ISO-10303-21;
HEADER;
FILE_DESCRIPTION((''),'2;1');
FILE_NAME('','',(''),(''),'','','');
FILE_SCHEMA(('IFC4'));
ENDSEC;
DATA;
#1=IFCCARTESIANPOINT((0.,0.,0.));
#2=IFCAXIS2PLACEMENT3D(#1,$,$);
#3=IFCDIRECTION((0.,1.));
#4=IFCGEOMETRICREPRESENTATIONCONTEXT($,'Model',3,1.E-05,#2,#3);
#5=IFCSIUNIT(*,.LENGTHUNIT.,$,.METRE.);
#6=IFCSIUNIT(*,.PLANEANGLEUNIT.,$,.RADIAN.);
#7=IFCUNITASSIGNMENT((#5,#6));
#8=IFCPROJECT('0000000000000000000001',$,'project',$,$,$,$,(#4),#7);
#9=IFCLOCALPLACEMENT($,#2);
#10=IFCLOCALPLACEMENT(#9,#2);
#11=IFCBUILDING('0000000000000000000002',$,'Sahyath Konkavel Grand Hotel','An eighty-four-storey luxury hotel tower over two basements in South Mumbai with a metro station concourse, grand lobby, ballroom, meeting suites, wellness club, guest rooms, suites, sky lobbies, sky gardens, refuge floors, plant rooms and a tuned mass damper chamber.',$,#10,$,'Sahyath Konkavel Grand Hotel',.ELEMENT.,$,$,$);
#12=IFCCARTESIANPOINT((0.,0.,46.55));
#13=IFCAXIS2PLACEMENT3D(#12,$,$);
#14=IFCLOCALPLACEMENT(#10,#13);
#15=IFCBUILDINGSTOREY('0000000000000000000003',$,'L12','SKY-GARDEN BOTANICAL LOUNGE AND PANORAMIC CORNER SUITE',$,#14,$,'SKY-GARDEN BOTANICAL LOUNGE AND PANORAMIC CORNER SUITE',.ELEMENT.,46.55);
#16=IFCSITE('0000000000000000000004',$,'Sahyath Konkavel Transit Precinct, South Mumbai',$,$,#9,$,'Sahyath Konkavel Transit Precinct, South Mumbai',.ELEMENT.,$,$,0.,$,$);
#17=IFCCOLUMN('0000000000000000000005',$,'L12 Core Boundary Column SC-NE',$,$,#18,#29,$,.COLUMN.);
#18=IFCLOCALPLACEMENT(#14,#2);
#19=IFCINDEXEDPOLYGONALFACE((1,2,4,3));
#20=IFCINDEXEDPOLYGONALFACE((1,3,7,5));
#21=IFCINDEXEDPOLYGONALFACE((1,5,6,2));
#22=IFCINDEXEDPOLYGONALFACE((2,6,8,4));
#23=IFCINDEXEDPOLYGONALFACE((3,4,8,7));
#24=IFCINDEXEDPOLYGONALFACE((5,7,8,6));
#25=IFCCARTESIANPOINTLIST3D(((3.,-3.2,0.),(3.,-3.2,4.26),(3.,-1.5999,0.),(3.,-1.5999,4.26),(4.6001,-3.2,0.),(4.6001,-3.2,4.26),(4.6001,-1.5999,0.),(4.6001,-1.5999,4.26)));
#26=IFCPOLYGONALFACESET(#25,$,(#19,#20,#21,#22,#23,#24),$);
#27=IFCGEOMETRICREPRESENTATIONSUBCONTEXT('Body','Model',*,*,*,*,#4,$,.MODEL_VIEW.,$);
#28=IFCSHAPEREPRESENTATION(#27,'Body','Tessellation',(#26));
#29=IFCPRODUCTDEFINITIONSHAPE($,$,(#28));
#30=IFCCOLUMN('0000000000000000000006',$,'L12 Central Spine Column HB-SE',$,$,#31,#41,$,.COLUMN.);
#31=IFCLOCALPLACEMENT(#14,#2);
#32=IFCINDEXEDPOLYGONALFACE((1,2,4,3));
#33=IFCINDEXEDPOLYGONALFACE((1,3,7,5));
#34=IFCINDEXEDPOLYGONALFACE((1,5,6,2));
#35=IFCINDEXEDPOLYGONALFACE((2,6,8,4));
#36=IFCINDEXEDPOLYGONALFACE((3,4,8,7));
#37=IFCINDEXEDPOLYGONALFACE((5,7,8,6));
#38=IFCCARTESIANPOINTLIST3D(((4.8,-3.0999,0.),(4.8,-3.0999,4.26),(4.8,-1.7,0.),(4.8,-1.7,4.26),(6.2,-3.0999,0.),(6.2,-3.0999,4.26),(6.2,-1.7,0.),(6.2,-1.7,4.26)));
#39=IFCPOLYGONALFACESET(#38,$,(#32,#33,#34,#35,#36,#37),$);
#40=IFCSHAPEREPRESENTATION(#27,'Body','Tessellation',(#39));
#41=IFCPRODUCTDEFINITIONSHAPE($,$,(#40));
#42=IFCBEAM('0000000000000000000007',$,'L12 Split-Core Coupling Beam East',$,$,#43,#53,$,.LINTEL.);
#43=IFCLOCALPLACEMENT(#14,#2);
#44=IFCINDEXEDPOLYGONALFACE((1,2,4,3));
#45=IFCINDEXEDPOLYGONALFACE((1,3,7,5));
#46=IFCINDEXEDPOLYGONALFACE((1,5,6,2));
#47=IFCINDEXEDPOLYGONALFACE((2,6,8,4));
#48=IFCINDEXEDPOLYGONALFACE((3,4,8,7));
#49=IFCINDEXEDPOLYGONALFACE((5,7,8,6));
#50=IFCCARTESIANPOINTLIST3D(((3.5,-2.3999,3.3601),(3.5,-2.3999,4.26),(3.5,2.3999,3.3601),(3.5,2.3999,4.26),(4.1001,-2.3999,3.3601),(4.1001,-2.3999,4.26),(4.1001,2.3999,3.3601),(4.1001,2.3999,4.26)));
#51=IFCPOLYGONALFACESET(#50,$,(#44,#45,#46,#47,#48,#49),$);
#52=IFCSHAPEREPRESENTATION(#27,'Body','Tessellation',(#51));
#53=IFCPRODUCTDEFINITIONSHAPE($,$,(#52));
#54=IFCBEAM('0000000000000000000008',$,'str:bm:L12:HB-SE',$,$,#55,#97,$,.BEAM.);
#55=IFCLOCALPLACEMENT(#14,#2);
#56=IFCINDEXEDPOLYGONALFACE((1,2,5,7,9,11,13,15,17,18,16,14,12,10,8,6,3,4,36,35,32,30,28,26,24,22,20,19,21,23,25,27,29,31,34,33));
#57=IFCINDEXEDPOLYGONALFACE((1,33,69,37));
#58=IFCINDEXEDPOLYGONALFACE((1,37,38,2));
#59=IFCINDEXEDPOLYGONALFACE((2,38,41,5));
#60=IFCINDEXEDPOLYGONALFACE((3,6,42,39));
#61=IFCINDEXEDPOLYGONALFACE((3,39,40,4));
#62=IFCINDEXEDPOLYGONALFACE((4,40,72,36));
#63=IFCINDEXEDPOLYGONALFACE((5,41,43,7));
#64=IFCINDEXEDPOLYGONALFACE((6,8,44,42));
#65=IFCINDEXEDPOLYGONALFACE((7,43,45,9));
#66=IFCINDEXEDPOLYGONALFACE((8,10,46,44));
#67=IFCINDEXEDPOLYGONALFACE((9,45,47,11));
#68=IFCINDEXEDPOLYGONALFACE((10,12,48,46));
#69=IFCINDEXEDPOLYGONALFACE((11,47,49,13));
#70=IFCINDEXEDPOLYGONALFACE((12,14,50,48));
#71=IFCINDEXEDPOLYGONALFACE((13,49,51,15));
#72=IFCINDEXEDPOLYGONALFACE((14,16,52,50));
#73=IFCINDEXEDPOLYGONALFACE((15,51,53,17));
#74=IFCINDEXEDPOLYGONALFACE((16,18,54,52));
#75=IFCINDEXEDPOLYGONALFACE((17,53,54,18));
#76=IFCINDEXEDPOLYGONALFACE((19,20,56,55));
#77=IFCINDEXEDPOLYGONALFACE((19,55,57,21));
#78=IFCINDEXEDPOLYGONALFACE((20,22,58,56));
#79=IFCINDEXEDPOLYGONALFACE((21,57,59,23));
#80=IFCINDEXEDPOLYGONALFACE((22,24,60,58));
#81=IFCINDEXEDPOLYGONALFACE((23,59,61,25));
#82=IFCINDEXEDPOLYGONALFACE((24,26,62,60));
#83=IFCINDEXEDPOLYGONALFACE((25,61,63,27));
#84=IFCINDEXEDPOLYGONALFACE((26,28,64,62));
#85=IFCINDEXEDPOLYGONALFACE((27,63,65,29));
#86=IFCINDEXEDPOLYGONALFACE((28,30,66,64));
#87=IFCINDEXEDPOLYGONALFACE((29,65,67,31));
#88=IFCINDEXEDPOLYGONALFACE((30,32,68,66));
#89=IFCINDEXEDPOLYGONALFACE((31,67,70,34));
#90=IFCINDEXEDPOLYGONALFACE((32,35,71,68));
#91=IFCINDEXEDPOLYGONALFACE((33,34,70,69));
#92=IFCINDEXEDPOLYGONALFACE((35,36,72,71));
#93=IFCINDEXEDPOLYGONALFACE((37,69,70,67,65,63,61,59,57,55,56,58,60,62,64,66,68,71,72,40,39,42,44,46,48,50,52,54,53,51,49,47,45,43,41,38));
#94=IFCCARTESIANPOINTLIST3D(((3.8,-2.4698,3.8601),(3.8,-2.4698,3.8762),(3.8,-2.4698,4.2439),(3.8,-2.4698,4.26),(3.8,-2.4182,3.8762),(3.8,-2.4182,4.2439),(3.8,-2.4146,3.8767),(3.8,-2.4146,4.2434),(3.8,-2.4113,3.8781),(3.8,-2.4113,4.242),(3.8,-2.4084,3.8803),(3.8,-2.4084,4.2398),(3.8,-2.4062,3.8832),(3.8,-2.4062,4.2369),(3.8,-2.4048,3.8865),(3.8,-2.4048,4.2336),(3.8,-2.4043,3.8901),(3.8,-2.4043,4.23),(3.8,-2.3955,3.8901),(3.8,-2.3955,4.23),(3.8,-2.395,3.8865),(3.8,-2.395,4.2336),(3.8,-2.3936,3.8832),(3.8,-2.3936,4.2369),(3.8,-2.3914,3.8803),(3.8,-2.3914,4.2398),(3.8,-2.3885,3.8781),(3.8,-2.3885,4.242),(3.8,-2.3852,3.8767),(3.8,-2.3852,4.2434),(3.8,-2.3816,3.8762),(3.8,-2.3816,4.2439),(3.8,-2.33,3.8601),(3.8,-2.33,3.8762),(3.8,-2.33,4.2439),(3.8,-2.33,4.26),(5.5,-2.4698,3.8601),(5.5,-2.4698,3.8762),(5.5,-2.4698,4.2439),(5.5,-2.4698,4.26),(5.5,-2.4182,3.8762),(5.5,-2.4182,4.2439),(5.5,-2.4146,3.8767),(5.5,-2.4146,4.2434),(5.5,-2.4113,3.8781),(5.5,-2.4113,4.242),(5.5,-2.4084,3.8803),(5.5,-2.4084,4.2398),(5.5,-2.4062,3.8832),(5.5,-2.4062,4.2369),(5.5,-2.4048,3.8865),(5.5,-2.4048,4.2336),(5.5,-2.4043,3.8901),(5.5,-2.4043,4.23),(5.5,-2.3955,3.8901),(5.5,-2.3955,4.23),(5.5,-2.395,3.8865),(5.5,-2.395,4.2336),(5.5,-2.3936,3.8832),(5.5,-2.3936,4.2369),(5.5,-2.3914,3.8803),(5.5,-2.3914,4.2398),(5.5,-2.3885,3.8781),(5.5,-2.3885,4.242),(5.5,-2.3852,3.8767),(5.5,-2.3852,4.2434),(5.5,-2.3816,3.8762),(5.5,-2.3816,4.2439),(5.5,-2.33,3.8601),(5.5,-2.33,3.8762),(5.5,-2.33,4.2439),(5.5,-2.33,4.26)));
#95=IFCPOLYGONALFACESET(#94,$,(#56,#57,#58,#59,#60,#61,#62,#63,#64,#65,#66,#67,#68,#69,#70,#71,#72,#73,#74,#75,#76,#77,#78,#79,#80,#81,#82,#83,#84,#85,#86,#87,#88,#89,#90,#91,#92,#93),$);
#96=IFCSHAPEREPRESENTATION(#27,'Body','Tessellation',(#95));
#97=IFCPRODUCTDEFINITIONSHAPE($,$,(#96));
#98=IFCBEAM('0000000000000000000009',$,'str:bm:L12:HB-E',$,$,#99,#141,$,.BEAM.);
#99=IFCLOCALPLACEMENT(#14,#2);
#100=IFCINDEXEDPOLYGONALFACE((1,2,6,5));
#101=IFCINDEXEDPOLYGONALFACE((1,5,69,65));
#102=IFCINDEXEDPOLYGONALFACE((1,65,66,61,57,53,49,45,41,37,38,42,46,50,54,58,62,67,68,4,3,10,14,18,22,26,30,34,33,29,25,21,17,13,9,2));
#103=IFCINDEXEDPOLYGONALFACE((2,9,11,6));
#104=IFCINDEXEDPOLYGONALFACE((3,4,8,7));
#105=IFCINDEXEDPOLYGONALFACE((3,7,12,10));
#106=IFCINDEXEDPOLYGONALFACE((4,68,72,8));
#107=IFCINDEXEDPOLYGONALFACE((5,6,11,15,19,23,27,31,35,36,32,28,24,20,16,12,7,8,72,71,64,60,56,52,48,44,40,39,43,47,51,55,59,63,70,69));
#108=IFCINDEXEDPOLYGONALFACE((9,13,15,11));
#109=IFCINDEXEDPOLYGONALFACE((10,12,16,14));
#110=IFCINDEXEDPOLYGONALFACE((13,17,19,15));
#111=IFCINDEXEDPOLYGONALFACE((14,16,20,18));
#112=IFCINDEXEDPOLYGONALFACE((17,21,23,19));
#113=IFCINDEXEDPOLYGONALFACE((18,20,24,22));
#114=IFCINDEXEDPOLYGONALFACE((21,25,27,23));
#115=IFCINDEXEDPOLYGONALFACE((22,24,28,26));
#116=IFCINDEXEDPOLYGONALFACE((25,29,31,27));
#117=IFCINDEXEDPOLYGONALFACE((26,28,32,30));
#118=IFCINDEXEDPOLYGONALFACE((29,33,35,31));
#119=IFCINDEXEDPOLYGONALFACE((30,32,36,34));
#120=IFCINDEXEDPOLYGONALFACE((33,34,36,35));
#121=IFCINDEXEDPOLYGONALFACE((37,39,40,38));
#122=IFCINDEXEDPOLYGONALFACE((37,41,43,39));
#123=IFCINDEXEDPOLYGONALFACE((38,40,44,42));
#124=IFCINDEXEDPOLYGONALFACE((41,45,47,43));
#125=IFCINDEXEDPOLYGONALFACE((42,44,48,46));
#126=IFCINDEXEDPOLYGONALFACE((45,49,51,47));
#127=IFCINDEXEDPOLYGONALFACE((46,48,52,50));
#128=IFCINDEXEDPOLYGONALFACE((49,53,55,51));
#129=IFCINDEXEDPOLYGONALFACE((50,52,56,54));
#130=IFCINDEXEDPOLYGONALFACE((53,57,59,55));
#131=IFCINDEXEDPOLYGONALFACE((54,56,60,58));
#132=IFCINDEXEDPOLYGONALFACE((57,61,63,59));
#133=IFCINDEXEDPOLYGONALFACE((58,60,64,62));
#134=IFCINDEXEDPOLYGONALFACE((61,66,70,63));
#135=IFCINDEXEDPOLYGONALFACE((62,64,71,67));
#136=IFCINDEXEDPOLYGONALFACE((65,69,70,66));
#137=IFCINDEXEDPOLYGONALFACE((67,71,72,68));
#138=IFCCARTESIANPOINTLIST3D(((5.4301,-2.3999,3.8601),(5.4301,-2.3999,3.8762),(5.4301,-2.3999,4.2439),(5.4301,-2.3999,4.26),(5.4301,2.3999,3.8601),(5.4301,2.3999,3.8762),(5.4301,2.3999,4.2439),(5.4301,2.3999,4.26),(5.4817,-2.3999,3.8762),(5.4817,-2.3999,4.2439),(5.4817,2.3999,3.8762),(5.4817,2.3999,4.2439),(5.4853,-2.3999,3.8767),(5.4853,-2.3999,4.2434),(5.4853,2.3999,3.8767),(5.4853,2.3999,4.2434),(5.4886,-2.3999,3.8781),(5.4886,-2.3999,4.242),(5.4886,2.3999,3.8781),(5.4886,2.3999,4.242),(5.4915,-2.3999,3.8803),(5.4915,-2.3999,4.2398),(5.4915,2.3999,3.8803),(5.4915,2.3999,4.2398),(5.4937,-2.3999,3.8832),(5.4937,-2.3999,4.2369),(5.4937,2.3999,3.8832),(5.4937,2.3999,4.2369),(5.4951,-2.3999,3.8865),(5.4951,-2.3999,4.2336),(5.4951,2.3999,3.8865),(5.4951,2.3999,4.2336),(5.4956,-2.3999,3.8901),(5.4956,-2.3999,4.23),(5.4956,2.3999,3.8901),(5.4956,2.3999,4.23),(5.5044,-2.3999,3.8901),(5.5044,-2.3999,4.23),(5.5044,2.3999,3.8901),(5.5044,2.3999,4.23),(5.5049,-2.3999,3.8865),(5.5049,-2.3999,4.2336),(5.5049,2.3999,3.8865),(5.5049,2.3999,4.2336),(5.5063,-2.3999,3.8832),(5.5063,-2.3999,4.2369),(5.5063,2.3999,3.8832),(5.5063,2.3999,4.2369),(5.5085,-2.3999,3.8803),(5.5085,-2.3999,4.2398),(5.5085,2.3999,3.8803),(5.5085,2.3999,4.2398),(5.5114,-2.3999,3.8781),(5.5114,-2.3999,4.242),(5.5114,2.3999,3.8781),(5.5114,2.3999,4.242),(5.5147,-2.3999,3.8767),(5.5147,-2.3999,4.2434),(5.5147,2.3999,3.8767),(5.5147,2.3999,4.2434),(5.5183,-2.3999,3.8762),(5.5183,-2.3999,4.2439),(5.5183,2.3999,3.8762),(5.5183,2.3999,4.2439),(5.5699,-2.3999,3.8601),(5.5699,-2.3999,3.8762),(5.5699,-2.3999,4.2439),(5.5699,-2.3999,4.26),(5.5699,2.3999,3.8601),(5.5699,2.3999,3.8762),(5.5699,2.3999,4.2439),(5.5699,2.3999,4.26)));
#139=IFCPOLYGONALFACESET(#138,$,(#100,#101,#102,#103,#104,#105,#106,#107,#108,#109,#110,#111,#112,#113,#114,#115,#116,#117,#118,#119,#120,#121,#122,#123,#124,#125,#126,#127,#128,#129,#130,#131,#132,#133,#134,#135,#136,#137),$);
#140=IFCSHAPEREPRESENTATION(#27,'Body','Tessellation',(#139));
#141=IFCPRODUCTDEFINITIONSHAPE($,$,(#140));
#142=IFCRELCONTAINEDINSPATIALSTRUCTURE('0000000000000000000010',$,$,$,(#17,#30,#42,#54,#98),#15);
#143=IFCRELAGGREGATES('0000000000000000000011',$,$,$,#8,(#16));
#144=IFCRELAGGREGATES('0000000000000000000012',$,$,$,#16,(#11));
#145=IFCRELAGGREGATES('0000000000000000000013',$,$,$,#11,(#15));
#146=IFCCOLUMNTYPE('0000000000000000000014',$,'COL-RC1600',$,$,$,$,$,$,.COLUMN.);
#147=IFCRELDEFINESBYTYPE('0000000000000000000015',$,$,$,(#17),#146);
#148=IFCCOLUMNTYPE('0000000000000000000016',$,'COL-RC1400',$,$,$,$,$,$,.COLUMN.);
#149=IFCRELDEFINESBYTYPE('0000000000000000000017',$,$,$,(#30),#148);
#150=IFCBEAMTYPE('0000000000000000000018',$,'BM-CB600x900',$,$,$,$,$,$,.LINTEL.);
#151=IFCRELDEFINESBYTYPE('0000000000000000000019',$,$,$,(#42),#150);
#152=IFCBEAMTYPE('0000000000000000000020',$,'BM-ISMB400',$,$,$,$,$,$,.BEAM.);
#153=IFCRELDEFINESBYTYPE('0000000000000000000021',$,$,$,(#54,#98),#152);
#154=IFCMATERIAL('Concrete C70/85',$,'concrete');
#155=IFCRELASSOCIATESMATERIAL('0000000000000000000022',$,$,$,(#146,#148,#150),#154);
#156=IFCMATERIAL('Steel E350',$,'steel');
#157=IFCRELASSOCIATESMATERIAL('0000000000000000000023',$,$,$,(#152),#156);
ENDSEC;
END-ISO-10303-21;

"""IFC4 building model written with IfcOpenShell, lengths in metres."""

from ifc_helpers import new_model, si_unit, direction, frame, origin, origin_2d, place, context, subcontext, project, spatial, rectangle, i_section, extrude, source, transform, mapped, material, material_profile, profile_set, type_object, element, save


model = new_model("IFC4")

# Units and contexts
model_context = context("Model", 3, precision=1e-05, world=origin(), true_north=direction((0.0, 1.0)))
body_context = subcontext(model_context, "Body", "Model", "MODEL_VIEW")
ifc_project = project(units=[si_unit("LENGTHUNIT", "METRE"), si_unit("PLANEANGLEUNIT", "RADIAN")], contexts=[model_context])

# Site, building, storey
site_placement = place(None, origin())
site = spatial("IfcSite", under=ifc_project, at=site_placement, Name="Sahyath Konkavel Transit Precinct, South Mumbai", LongName="Sahyath Konkavel Transit Precinct, South Mumbai", CompositionType="ELEMENT", RefElevation=0.0)
building_placement = place(site_placement, origin())
building = spatial("IfcBuilding", under=site, at=building_placement, Name="Sahyath Konkavel Grand Hotel", Description="An eighty-four-storey luxury hotel tower over two basements in South Mumbai with a metro station concourse, grand lobby, ballroom, meeting suites, wellness club, guest rooms, suites, sky lobbies, sky gardens, refuge floors, plant rooms and a tuned mass damper chamber.", LongName="Sahyath Konkavel Grand Hotel", CompositionType="ELEMENT")
storey_placement = place(building_placement, frame((0.0, 0.0, 46.55)))
storey = spatial("IfcBuildingStorey", under=building, at=storey_placement, Name="L12", Description="SKY-GARDEN BOTANICAL LOUNGE AND PANORAMIC CORNER SUITE", LongName="SKY-GARDEN BOTANICAL LOUNGE AND PANORAMIC CORNER SUITE", CompositionType="ELEMENT", Elevation=46.55)

# Columns
ifc_material_1 = material(Name="Concrete C70/85", Category="concrete")
ifc_material_profile_1 = material_profile(ifc_material_1, rectangle(XDim=1.6001, YDim=1.6001, at=origin_2d()), Name="RC 1600x1600")
ifc_profile_set_1 = profile_set([ifc_material_profile_1], Name="Concrete C70/85")
column_type_1 = type_object("IfcColumnType", Name="COL-RC1600", PredefinedType="COLUMN", material=ifc_profile_set_1)
shared_shape_1 = source(origin(), body_context, "Body", "SweptSolid", [
    extrude(rectangle(XDim=1.6001, YDim=1.6001, at=origin_2d()), origin(), (0.0, 0.0, 1.0), 4.26),
])
column_1_placement = place(storey_placement, frame((3.8, -2.3999, 0.0), z_axis=(0.0, 0.0, 1.0), x_axis=(1.0, 0.0, 0.0)))
element("IfcColumn", 1, at=column_1_placement, inside=storey, type_object=column_type_1, Name="L12 Core Boundary Column SC-NE", PredefinedType="COLUMN", context=body_context, shape_type="MappedRepresentation", body=[
    mapped(shared_shape_1, transform((0.0, 0.0, 0.0), scale=1.0)),
])
ifc_material_profile_2 = material_profile(ifc_material_1, rectangle(XDim=1.3999, YDim=1.3999, at=origin_2d()), Name="RC 1400x1400")
ifc_profile_set_2 = profile_set([ifc_material_profile_2], Name="Concrete C70/85")
column_type_2 = type_object("IfcColumnType", Name="COL-RC1400", PredefinedType="COLUMN", material=ifc_profile_set_2)
shared_shape_2 = source(origin(), body_context, "Body", "SweptSolid", [
    extrude(rectangle(XDim=1.3999, YDim=1.3999, at=origin_2d()), origin(), (0.0, 0.0, 1.0), 4.26),
])
column_2_placement = place(storey_placement, frame((5.5, -2.3999, 0.0), z_axis=(0.0, 0.0, 1.0), x_axis=(1.0, 0.0, 0.0)))
element("IfcColumn", 2, at=column_2_placement, inside=storey, type_object=column_type_2, Name="L12 Central Spine Column HB-SE", PredefinedType="COLUMN", context=body_context, shape_type="MappedRepresentation", body=[
    mapped(shared_shape_2, transform((0.0, 0.0, 0.0), scale=1.0)),
])

# Beams
ifc_material_profile_3 = material_profile(ifc_material_1, rectangle(XDim=0.6001, YDim=0.8999, at=origin_2d()), Name="RC 600x900")
ifc_profile_set_3 = profile_set([ifc_material_profile_3], Name="Concrete C70/85")
beam_type_1 = type_object("IfcBeamType", Name="BM-CB600x900", PredefinedType="LINTEL", material=ifc_profile_set_3)
shared_shape_3 = source(origin(), body_context, "Body", "SweptSolid", [
    extrude(rectangle(XDim=0.6001, YDim=0.8999, at=origin_2d()), origin(), (0.0, 0.0, 1.0), 4.7998),
])
beam_1_placement = place(storey_placement, frame((3.8, -2.3999, 3.8101), z_axis=(0.0, 1.0, 0.0), x_axis=(-1.0, 0.0, 0.0)))
element("IfcBeam", 3, at=beam_1_placement, inside=storey, type_object=beam_type_1, Name="L12 Split-Core Coupling Beam East", PredefinedType="LINTEL", context=body_context, shape_type="MappedRepresentation", body=[
    mapped(shared_shape_3, transform((0.0, 0.0, 0.0), scale=1.0)),
])
ifc_material_2 = material(Name="Steel E350", Category="steel")
ifc_material_profile_4 = material_profile(ifc_material_2, i_section(OverallWidth=0.1399, OverallDepth=0.3999, WebThickness=0.0088, FlangeThickness=0.0161, FilletRadius=0.0139, at=origin_2d()), Name="ISMB 400")
ifc_profile_set_4 = profile_set([ifc_material_profile_4], Name="Steel E350")
beam_type_2 = type_object("IfcBeamType", Name="BM-ISMB400", PredefinedType="BEAM", material=ifc_profile_set_4)
shared_shape_4 = source(origin(), body_context, "Body", "SweptSolid", [
    extrude(i_section(OverallWidth=0.1399, OverallDepth=0.3999, WebThickness=0.0088, FlangeThickness=0.0161, FilletRadius=0.0139, at=origin_2d()), origin(), (0.0, 0.0, 1.0), 1.7),
])
beam_2_placement = place(storey_placement, frame((3.8, -2.3999, 4.0601), z_axis=(1.0, 0.0, 0.0), x_axis=(0.0, 1.0, 0.0)))
element("IfcBeam", 4, at=beam_2_placement, inside=storey, type_object=beam_type_2, Name="str:bm:L12:HB-SE", PredefinedType="BEAM", context=body_context, shape_type="MappedRepresentation", body=[
    mapped(shared_shape_4, transform((0.0, 0.0, 0.0), scale=1.0)),
])
shared_shape_5 = source(origin(), body_context, "Body", "SweptSolid", [
    extrude(i_section(OverallWidth=0.1399, OverallDepth=0.3999, WebThickness=0.0088, FlangeThickness=0.0161, FilletRadius=0.0139, at=origin_2d()), origin(), (0.0, 0.0, 1.0), 4.7998),
])
beam_3_placement = place(storey_placement, frame((5.5, -2.3999, 4.0601), z_axis=(0.0, 1.0, 0.0), x_axis=(-1.0, 0.0, 0.0)))
element("IfcBeam", 5, at=beam_3_placement, inside=storey, type_object=beam_type_2, Name="str:bm:L12:HB-E", PredefinedType="BEAM", context=body_context, shape_type="MappedRepresentation", body=[
    mapped(shared_shape_5, transform((0.0, 0.0, 0.0), scale=1.0)),
])

save(model, "model.ifc")
